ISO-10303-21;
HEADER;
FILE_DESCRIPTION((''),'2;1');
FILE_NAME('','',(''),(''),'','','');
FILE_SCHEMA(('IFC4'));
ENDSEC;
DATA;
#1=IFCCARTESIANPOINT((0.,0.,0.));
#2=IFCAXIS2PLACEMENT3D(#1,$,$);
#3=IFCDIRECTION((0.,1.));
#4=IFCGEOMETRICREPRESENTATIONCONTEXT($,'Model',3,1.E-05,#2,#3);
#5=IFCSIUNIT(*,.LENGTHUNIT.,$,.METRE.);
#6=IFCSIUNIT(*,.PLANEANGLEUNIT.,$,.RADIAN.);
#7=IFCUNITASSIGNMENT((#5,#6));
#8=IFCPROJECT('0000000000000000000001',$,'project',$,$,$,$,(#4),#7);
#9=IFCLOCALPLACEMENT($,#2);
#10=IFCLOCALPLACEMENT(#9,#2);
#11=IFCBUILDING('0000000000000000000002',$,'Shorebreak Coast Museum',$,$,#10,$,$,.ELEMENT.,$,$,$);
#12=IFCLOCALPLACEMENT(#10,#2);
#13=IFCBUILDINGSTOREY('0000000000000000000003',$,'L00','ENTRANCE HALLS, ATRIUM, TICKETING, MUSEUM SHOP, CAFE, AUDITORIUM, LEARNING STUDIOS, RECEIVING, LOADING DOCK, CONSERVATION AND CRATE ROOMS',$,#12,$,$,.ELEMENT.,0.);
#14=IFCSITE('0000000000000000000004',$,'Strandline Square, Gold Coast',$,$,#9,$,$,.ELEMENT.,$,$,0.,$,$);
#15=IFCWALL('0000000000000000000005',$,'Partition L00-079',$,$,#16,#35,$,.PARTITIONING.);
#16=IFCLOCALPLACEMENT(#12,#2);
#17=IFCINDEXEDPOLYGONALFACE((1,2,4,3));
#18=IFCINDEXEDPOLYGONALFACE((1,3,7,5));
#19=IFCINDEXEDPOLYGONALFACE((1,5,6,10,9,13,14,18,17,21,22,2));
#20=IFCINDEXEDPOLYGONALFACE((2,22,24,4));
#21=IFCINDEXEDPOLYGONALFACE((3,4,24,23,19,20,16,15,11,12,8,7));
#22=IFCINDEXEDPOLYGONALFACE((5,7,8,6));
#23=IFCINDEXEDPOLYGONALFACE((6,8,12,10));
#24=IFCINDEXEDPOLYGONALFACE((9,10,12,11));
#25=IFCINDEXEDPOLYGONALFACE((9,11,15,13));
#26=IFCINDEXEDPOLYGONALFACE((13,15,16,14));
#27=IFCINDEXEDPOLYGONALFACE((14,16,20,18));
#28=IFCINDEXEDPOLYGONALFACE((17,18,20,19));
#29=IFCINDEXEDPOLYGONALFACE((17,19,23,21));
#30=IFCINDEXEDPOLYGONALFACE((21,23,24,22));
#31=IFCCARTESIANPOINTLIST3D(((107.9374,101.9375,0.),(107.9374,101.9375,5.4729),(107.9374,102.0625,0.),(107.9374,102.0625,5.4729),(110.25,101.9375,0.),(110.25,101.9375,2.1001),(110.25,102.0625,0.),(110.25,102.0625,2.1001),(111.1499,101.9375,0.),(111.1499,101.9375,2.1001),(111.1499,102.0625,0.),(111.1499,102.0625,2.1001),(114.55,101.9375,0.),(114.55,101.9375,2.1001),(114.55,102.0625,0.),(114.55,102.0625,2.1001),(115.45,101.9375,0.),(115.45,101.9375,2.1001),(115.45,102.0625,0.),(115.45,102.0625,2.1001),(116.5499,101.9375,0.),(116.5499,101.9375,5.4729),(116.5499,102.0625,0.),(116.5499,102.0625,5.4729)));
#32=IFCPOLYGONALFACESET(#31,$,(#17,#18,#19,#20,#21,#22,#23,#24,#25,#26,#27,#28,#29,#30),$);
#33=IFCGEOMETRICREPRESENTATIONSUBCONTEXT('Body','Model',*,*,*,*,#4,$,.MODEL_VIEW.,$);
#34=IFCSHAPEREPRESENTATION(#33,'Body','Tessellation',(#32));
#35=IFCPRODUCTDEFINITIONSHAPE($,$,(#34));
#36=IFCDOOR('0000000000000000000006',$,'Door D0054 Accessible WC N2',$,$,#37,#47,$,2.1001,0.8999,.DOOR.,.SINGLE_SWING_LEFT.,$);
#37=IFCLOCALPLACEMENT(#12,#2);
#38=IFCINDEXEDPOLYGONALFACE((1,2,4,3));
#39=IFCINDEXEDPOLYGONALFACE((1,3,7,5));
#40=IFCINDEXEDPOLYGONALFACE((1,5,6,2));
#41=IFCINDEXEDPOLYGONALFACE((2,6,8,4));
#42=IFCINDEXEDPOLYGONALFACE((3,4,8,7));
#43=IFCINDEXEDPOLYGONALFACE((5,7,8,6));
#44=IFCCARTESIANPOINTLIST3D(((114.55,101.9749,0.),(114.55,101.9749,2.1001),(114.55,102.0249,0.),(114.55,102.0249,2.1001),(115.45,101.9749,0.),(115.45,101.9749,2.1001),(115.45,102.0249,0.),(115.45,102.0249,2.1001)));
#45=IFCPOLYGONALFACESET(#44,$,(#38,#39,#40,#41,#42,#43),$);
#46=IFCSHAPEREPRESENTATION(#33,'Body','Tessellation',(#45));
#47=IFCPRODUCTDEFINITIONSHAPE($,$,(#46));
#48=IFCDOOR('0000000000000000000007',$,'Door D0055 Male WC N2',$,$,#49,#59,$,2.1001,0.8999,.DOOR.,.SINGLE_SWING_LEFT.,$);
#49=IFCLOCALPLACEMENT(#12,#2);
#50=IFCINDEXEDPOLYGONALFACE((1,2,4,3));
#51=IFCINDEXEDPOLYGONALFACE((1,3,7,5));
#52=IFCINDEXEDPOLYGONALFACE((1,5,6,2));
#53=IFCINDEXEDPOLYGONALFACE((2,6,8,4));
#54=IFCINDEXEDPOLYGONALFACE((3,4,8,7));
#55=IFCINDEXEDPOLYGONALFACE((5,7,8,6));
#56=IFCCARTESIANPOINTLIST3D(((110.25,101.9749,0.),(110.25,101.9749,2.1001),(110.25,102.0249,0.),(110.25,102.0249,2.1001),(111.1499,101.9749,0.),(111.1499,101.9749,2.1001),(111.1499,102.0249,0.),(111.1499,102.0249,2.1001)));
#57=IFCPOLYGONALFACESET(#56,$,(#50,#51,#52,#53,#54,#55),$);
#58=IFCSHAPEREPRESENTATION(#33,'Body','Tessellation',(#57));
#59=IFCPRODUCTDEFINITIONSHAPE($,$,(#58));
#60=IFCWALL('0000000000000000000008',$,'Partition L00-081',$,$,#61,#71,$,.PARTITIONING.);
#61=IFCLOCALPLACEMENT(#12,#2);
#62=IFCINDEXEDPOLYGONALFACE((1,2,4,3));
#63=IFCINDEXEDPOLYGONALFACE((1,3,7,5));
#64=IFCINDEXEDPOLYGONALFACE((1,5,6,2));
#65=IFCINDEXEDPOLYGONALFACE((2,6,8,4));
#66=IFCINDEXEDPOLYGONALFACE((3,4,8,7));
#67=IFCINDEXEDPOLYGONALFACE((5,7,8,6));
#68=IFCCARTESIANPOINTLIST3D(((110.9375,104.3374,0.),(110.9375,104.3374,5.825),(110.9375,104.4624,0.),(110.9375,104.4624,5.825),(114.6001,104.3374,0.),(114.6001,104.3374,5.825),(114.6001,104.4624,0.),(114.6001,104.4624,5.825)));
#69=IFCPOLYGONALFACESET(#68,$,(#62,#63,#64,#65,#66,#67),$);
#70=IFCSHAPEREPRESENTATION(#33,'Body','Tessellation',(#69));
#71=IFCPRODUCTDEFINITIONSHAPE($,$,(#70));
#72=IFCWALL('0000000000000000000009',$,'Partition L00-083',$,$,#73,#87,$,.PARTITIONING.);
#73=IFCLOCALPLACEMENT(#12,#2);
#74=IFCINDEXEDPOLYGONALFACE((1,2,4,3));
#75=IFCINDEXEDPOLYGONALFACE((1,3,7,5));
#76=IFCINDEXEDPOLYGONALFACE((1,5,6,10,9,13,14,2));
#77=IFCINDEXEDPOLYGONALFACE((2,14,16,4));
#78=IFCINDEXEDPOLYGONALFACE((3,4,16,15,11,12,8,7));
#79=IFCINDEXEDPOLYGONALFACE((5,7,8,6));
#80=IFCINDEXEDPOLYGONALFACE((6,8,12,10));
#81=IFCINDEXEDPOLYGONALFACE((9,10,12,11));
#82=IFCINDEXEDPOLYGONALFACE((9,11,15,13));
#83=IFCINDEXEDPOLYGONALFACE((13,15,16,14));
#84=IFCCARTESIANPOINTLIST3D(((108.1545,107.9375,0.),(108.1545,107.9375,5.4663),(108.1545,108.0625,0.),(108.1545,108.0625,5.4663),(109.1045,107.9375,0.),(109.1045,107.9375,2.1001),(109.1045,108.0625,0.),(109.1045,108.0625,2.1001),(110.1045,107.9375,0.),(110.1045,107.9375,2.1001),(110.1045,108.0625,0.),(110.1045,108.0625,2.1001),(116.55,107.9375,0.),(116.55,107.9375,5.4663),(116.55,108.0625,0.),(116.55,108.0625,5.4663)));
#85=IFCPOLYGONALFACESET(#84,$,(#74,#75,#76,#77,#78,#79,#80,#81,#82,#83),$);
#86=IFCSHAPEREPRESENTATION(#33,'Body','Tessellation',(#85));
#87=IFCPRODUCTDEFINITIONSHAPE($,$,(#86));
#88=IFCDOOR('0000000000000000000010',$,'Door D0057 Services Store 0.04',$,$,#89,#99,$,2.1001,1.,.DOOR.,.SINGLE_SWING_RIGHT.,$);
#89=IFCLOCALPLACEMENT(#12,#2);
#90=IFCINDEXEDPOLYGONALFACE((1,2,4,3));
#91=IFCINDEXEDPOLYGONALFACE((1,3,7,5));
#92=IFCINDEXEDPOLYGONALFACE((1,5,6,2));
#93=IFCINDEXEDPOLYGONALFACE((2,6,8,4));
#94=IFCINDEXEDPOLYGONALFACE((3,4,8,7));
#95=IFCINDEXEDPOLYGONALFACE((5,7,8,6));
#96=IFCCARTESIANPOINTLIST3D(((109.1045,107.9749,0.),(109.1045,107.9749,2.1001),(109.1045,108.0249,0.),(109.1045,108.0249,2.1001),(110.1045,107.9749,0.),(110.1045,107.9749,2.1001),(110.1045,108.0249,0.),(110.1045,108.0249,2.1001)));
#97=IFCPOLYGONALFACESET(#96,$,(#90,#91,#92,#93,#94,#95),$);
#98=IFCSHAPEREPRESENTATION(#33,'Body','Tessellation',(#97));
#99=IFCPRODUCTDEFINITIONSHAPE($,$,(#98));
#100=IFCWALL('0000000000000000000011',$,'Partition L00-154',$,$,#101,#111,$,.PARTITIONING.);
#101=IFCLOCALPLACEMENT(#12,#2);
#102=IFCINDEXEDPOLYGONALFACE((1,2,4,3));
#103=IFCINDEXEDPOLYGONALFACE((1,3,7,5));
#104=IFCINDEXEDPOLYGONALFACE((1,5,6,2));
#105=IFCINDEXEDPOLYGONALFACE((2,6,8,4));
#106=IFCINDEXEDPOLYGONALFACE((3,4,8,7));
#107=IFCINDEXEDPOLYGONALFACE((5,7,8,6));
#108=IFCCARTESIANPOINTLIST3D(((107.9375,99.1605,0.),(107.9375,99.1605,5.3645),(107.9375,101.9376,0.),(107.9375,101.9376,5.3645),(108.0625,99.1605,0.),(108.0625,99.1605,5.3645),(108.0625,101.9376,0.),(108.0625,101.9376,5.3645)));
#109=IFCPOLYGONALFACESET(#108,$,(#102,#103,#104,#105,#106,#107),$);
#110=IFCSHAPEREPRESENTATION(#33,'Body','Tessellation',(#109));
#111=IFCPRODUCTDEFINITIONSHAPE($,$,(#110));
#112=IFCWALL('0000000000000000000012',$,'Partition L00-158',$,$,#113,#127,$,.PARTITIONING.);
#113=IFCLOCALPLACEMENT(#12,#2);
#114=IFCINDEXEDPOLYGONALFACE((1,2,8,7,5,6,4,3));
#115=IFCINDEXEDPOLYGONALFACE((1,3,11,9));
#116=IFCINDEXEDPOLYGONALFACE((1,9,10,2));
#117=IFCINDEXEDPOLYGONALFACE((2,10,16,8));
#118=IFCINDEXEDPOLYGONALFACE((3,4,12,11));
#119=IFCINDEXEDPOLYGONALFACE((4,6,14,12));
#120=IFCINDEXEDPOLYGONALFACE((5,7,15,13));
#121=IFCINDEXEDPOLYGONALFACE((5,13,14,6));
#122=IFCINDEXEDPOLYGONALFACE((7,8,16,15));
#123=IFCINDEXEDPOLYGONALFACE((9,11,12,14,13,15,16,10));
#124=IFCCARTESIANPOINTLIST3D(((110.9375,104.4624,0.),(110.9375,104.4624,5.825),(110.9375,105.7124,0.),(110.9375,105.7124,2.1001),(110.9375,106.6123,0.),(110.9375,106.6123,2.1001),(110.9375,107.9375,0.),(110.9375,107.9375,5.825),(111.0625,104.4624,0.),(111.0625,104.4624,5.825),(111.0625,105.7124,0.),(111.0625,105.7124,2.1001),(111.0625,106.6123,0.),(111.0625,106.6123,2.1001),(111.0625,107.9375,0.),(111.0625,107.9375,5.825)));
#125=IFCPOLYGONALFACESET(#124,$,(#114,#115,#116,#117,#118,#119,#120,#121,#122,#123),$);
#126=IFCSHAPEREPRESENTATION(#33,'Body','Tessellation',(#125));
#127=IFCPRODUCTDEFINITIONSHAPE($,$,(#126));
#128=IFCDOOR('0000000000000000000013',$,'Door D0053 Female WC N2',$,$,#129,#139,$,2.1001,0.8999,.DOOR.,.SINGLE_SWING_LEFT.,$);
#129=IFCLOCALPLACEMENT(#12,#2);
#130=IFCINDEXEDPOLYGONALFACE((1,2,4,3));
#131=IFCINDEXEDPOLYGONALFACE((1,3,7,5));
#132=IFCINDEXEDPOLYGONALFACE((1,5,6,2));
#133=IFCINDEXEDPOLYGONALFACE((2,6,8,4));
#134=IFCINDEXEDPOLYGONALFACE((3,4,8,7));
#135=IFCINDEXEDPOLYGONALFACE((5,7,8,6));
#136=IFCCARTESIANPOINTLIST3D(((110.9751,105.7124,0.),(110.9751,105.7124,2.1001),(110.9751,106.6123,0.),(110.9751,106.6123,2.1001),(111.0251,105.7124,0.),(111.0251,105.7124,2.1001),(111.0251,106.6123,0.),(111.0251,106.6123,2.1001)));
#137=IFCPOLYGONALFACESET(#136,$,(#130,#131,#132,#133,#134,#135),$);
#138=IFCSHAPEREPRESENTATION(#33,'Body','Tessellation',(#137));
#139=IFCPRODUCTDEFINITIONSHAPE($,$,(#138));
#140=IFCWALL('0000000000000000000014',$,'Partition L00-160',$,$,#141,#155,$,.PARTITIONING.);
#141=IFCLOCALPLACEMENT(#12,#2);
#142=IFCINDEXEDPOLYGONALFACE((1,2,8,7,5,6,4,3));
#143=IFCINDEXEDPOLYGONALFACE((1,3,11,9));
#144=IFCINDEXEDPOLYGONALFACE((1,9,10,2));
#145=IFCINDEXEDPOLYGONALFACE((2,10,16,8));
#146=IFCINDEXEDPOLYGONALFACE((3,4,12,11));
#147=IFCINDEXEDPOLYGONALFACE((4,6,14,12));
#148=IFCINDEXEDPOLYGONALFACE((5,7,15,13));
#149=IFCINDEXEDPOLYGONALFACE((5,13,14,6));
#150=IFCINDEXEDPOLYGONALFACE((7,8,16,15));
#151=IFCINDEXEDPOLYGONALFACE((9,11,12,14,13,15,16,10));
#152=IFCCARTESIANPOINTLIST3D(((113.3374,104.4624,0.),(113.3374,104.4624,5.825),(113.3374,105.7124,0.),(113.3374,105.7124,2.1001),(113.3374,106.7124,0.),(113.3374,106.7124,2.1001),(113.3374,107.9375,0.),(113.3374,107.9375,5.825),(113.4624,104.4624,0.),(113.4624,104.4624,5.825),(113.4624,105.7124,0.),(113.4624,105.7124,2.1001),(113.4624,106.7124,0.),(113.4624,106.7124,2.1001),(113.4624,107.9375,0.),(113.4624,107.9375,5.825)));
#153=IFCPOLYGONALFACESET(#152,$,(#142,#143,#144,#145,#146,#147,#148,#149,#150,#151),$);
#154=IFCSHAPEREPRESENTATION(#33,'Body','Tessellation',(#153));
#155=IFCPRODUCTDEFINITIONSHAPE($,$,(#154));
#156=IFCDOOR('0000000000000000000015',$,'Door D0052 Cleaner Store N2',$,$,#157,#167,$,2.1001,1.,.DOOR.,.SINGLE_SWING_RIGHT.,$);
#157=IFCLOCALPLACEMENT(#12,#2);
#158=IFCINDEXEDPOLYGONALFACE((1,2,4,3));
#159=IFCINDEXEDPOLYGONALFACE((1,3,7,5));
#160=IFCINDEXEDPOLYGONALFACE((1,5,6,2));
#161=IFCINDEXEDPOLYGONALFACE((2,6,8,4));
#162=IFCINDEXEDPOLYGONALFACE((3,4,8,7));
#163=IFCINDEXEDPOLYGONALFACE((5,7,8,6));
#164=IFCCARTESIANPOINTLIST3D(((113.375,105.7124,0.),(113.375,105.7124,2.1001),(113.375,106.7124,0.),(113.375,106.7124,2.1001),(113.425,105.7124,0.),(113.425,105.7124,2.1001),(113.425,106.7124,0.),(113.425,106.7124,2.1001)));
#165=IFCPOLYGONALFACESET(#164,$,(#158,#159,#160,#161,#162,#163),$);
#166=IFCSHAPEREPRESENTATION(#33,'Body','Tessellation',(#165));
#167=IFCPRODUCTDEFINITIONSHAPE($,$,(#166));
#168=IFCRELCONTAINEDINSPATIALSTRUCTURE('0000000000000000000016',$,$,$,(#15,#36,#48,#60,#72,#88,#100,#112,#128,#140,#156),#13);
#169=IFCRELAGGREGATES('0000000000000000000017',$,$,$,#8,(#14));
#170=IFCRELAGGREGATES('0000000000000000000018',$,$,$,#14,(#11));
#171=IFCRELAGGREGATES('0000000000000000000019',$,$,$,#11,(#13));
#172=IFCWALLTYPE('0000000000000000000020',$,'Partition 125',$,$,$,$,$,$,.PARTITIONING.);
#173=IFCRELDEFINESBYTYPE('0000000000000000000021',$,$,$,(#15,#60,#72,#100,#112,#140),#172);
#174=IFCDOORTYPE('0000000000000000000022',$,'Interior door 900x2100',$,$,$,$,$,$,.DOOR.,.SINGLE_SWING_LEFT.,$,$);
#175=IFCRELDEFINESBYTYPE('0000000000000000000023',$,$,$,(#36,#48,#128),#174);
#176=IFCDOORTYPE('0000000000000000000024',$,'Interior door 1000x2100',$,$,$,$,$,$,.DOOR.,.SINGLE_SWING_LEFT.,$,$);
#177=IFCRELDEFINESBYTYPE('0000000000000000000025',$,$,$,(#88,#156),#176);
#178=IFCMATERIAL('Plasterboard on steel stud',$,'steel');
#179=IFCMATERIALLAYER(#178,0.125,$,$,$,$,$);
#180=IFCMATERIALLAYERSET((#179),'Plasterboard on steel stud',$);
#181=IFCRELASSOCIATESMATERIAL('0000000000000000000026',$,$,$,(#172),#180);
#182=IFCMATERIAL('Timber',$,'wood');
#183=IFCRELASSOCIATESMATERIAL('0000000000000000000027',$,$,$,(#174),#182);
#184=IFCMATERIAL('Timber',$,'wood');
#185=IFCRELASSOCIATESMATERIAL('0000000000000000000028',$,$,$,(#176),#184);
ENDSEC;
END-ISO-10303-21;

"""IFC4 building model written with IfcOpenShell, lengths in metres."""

from ifc_helpers import new_model, si_unit, direction, frame, frame_2d, origin, place, context, subcontext, project, spatial, rectangle, extrude, material, layer, layer_set, type_object, element, fill, save


model = new_model("IFC4")

# Units and contexts
model_context = context("Model", 3, precision=1e-05, world=origin(), true_north=direction((0.0, 1.0)))
body_context = subcontext(model_context, "Body", "Model", "MODEL_VIEW")
ifc_project = project(units=[si_unit("LENGTHUNIT", "METRE"), si_unit("PLANEANGLEUNIT", "RADIAN")], contexts=[model_context])

# Site, building, storey
site_placement = place(None, origin())
site = spatial("IfcSite", under=ifc_project, at=site_placement, Name="Strandline Square, Gold Coast", CompositionType="ELEMENT", RefElevation=0.0)
building_placement = place(site_placement, origin())
building = spatial("IfcBuilding", under=site, at=building_placement, Name="Shorebreak Coast Museum", CompositionType="ELEMENT")
storey_placement = place(building_placement, origin())
storey = spatial("IfcBuildingStorey", under=building, at=storey_placement, Name="L00", Description="ENTRANCE HALLS, ATRIUM, TICKETING, MUSEUM SHOP, CAFE, AUDITORIUM, LEARNING STUDIOS, RECEIVING, LOADING DOCK, CONSERVATION AND CRATE ROOMS", CompositionType="ELEMENT", Elevation=0.0)

# Wall, openings, doors
ifc_material_1 = material(Name="Plasterboard on steel stud", Category="steel")
ifc_layer_1 = layer(ifc_material_1, 0.125)
ifc_layer_set_1 = layer_set([ifc_layer_1], Name="Plasterboard on steel stud")
wall_type_1 = type_object("IfcWallType", Name="Partition 125", PredefinedType="PARTITIONING", material=ifc_layer_set_1)
wall_1_placement = place(storey_placement, frame((107.9375, 102.0, 0.0), z_axis=(0.0, 0.0, 1.0), x_axis=(1.0, 0.0, 0.0)))
wall_1 = element("IfcWall", 1, at=wall_1_placement, inside=storey, type_object=wall_type_1, Name="Partition L00-079", PredefinedType="PARTITIONING", context=body_context, shape_type="SweptSolid", body=[
    extrude(rectangle(XDim=8.6125, YDim=0.125, at=frame_2d((4.3062, 0.0))), origin(), (0.0, 0.0, 1.0), 5.4729),
])
opening_1_placement = place(wall_1_placement, frame((6.6125, 0.0, 0.0)))
opening_1 = element("IfcOpeningElement", 2, at=opening_1_placement, cuts=wall_1, PredefinedType="OPENING", context=body_context, shape_type="SweptSolid", body=[
    extrude(rectangle(XDim=0.8999, YDim=2.1001, at=frame_2d((0.45, 1.05))), frame((0.0, 0.0725, 0.0), z_axis=(0.0, -1.0, 0.0), x_axis=(1.0, 0.0, 0.0)), (0.0, 0.0, 1.0), 0.145),
])
opening_2_placement = place(wall_1_placement, frame((2.3125, 0.0, 0.0)))
opening_2 = element("IfcOpeningElement", 3, at=opening_2_placement, cuts=wall_1, PredefinedType="OPENING", context=body_context, shape_type="SweptSolid", body=[
    extrude(rectangle(XDim=0.8999, YDim=2.1001, at=frame_2d((0.45, 1.05))), frame((0.0, 0.0725, 0.0), z_axis=(0.0, -1.0, 0.0), x_axis=(1.0, 0.0, 0.0)), (0.0, 0.0, 1.0), 0.145),
])
ifc_material_2 = material(Name="Timber", Category="wood")
door_type_1 = type_object("IfcDoorType", Name="Interior door 900x2100", OperationType="SINGLE_SWING_LEFT", PredefinedType="DOOR", material=ifc_material_2)
door_1_placement = place(opening_1_placement, origin())
door_1 = element("IfcDoor", 4, at=door_1_placement, inside=storey, type_object=door_type_1, Name="Door D0054 Accessible WC N2", OperationType="SINGLE_SWING_LEFT", OverallHeight=2.1001, OverallWidth=0.8999, PredefinedType="DOOR", context=body_context, shape_type="SweptSolid", body=[
    extrude(rectangle(XDim=0.8999, YDim=2.1001, at=frame_2d((0.45, 1.05))), frame((0.0, 0.0249, 0.0), z_axis=(0.0, -1.0, 0.0), x_axis=(1.0, 0.0, 0.0)), (0.0, 0.0, 1.0), 0.05),
])
fill(opening_1, door_1)
door_2_placement = place(opening_2_placement, origin())
door_2 = element("IfcDoor", 5, at=door_2_placement, inside=storey, type_object=door_type_1, Name="Door D0055 Male WC N2", OperationType="SINGLE_SWING_LEFT", OverallHeight=2.1001, OverallWidth=0.8999, PredefinedType="DOOR", context=body_context, shape_type="SweptSolid", body=[
    extrude(rectangle(XDim=0.8999, YDim=2.1001, at=frame_2d((0.45, 1.05))), frame((0.0, 0.0249, 0.0), z_axis=(0.0, -1.0, 0.0), x_axis=(1.0, 0.0, 0.0)), (0.0, 0.0, 1.0), 0.05),
])
fill(opening_2, door_2)

# Wall
wall_2_placement = place(storey_placement, frame((110.9375, 104.3999, 0.0), z_axis=(0.0, 0.0, 1.0), x_axis=(1.0, 0.0, 0.0)))
element("IfcWall", 6, at=wall_2_placement, inside=storey, type_object=wall_type_1, Name="Partition L00-081", PredefinedType="PARTITIONING", context=body_context, shape_type="SweptSolid", body=[
    extrude(rectangle(XDim=3.6626, YDim=0.125, at=frame_2d((1.8313, 0.0))), origin(), (0.0, 0.0, 1.0), 5.825),
])

# Wall, opening, door
wall_3_placement = place(storey_placement, frame((108.1545, 108.0, 0.0), z_axis=(0.0, 0.0, 1.0), x_axis=(1.0, 0.0, 0.0)))
wall_3 = element("IfcWall", 7, at=wall_3_placement, inside=storey, type_object=wall_type_1, Name="Partition L00-083", PredefinedType="PARTITIONING", context=body_context, shape_type="SweptSolid", body=[
    extrude(rectangle(XDim=8.3955, YDim=0.125, at=frame_2d((4.1978, 0.0))), origin(), (0.0, 0.0, 1.0), 5.4663),
])
opening_3_placement = place(wall_3_placement, frame((0.95, 0.0, 0.0)))
opening_3 = element("IfcOpeningElement", 8, at=opening_3_placement, cuts=wall_3, PredefinedType="OPENING", context=body_context, shape_type="SweptSolid", body=[
    extrude(rectangle(XDim=1.0, YDim=2.1001, at=frame_2d((0.5, 1.05))), frame((0.0, 0.0725, 0.0), z_axis=(0.0, -1.0, 0.0), x_axis=(1.0, 0.0, 0.0)), (0.0, 0.0, 1.0), 0.145),
])
ifc_material_3 = material(Name="Timber", Category="wood")
door_type_2 = type_object("IfcDoorType", Name="Interior door 1000x2100", OperationType="SINGLE_SWING_LEFT", PredefinedType="DOOR", material=ifc_material_3)
door_3_placement = place(opening_3_placement, origin())
door_3 = element("IfcDoor", 9, at=door_3_placement, inside=storey, type_object=door_type_2, Name="Door D0057 Services Store 0.04", OperationType="SINGLE_SWING_RIGHT", OverallHeight=2.1001, OverallWidth=1.0, PredefinedType="DOOR", context=body_context, shape_type="SweptSolid", body=[
    extrude(rectangle(XDim=1.0, YDim=2.1001, at=frame_2d((0.5, 1.05))), frame((0.0, 0.0249, 0.0), z_axis=(0.0, -1.0, 0.0), x_axis=(1.0, 0.0, 0.0)), (0.0, 0.0, 1.0), 0.05),
])
fill(opening_3, door_3)

# Wall
wall_4_placement = place(storey_placement, frame((108.0, 99.1604, 0.0), z_axis=(0.0, 0.0, 1.0), x_axis=(0.0, 1.0, 0.0)))
element("IfcWall", 10, at=wall_4_placement, inside=storey, type_object=wall_type_1, Name="Partition L00-154", PredefinedType="PARTITIONING", context=body_context, shape_type="SweptSolid", body=[
    extrude(rectangle(XDim=2.7771, YDim=0.125, at=frame_2d((1.3887, 0.0))), origin(), (0.0, 0.0, 1.0), 5.3645),
])

# Walls, openings, doors
wall_5_placement = place(storey_placement, frame((111.0, 104.4624, 0.0), z_axis=(0.0, 0.0, 1.0), x_axis=(0.0, 1.0, 0.0)))
wall_5 = element("IfcWall", 11, at=wall_5_placement, inside=storey, type_object=wall_type_1, Name="Partition L00-158", PredefinedType="PARTITIONING", context=body_context, shape_type="SweptSolid", body=[
    extrude(rectangle(XDim=3.4751, YDim=0.125, at=frame_2d((1.7375, 0.0))), origin(), (0.0, 0.0, 1.0), 5.825),
])
opening_4_placement = place(wall_5_placement, frame((1.25, 0.0, 0.0)))
opening_4 = element("IfcOpeningElement", 12, at=opening_4_placement, cuts=wall_5, PredefinedType="OPENING", context=body_context, shape_type="SweptSolid", body=[
    extrude(rectangle(XDim=0.8999, YDim=2.1001, at=frame_2d((0.45, 1.05))), frame((0.0, 0.0725, 0.0), z_axis=(0.0, -1.0, 0.0), x_axis=(1.0, 0.0, 0.0)), (0.0, 0.0, 1.0), 0.145),
])
door_4_placement = place(opening_4_placement, origin())
door_4 = element("IfcDoor", 13, at=door_4_placement, inside=storey, type_object=door_type_1, Name="Door D0053 Female WC N2", OperationType="SINGLE_SWING_LEFT", OverallHeight=2.1001, OverallWidth=0.8999, PredefinedType="DOOR", context=body_context, shape_type="SweptSolid", body=[
    extrude(rectangle(XDim=0.8999, YDim=2.1001, at=frame_2d((0.45, 1.05))), frame((0.0, 0.0249, 0.0), z_axis=(0.0, -1.0, 0.0), x_axis=(1.0, 0.0, 0.0)), (0.0, 0.0, 1.0), 0.05),
])
fill(opening_4, door_4)
wall_6_placement = place(storey_placement, frame((113.3999, 104.4624, 0.0), z_axis=(0.0, 0.0, 1.0), x_axis=(0.0, 1.0, 0.0)))
wall_6 = element("IfcWall", 14, at=wall_6_placement, inside=storey, type_object=wall_type_1, Name="Partition L00-160", PredefinedType="PARTITIONING", context=body_context, shape_type="SweptSolid", body=[
    extrude(rectangle(XDim=3.4751, YDim=0.125, at=frame_2d((1.7375, 0.0))), origin(), (0.0, 0.0, 1.0), 5.825),
])
opening_5_placement = place(wall_6_placement, frame((1.25, 0.0, 0.0)))
opening_5 = element("IfcOpeningElement", 15, at=opening_5_placement, cuts=wall_6, PredefinedType="OPENING", context=body_context, shape_type="SweptSolid", body=[
    extrude(rectangle(XDim=1.0, YDim=2.1001, at=frame_2d((0.5, 1.05))), frame((0.0, 0.0725, 0.0), z_axis=(0.0, -1.0, 0.0), x_axis=(1.0, 0.0, 0.0)), (0.0, 0.0, 1.0), 0.145),
])
door_5_placement = place(opening_5_placement, origin())
door_5 = element("IfcDoor", 16, at=door_5_placement, inside=storey, type_object=door_type_2, Name="Door D0052 Cleaner Store N2", OperationType="SINGLE_SWING_RIGHT", OverallHeight=2.1001, OverallWidth=1.0, PredefinedType="DOOR", context=body_context, shape_type="SweptSolid", body=[
    extrude(rectangle(XDim=1.0, YDim=2.1001, at=frame_2d((0.5, 1.05))), frame((0.0, 0.0249, 0.0), z_axis=(0.0, -1.0, 0.0), x_axis=(1.0, 0.0, 0.0)), (0.0, 0.0, 1.0), 0.05),
])
fill(opening_5, door_5)

save(model, "model.ifc")
